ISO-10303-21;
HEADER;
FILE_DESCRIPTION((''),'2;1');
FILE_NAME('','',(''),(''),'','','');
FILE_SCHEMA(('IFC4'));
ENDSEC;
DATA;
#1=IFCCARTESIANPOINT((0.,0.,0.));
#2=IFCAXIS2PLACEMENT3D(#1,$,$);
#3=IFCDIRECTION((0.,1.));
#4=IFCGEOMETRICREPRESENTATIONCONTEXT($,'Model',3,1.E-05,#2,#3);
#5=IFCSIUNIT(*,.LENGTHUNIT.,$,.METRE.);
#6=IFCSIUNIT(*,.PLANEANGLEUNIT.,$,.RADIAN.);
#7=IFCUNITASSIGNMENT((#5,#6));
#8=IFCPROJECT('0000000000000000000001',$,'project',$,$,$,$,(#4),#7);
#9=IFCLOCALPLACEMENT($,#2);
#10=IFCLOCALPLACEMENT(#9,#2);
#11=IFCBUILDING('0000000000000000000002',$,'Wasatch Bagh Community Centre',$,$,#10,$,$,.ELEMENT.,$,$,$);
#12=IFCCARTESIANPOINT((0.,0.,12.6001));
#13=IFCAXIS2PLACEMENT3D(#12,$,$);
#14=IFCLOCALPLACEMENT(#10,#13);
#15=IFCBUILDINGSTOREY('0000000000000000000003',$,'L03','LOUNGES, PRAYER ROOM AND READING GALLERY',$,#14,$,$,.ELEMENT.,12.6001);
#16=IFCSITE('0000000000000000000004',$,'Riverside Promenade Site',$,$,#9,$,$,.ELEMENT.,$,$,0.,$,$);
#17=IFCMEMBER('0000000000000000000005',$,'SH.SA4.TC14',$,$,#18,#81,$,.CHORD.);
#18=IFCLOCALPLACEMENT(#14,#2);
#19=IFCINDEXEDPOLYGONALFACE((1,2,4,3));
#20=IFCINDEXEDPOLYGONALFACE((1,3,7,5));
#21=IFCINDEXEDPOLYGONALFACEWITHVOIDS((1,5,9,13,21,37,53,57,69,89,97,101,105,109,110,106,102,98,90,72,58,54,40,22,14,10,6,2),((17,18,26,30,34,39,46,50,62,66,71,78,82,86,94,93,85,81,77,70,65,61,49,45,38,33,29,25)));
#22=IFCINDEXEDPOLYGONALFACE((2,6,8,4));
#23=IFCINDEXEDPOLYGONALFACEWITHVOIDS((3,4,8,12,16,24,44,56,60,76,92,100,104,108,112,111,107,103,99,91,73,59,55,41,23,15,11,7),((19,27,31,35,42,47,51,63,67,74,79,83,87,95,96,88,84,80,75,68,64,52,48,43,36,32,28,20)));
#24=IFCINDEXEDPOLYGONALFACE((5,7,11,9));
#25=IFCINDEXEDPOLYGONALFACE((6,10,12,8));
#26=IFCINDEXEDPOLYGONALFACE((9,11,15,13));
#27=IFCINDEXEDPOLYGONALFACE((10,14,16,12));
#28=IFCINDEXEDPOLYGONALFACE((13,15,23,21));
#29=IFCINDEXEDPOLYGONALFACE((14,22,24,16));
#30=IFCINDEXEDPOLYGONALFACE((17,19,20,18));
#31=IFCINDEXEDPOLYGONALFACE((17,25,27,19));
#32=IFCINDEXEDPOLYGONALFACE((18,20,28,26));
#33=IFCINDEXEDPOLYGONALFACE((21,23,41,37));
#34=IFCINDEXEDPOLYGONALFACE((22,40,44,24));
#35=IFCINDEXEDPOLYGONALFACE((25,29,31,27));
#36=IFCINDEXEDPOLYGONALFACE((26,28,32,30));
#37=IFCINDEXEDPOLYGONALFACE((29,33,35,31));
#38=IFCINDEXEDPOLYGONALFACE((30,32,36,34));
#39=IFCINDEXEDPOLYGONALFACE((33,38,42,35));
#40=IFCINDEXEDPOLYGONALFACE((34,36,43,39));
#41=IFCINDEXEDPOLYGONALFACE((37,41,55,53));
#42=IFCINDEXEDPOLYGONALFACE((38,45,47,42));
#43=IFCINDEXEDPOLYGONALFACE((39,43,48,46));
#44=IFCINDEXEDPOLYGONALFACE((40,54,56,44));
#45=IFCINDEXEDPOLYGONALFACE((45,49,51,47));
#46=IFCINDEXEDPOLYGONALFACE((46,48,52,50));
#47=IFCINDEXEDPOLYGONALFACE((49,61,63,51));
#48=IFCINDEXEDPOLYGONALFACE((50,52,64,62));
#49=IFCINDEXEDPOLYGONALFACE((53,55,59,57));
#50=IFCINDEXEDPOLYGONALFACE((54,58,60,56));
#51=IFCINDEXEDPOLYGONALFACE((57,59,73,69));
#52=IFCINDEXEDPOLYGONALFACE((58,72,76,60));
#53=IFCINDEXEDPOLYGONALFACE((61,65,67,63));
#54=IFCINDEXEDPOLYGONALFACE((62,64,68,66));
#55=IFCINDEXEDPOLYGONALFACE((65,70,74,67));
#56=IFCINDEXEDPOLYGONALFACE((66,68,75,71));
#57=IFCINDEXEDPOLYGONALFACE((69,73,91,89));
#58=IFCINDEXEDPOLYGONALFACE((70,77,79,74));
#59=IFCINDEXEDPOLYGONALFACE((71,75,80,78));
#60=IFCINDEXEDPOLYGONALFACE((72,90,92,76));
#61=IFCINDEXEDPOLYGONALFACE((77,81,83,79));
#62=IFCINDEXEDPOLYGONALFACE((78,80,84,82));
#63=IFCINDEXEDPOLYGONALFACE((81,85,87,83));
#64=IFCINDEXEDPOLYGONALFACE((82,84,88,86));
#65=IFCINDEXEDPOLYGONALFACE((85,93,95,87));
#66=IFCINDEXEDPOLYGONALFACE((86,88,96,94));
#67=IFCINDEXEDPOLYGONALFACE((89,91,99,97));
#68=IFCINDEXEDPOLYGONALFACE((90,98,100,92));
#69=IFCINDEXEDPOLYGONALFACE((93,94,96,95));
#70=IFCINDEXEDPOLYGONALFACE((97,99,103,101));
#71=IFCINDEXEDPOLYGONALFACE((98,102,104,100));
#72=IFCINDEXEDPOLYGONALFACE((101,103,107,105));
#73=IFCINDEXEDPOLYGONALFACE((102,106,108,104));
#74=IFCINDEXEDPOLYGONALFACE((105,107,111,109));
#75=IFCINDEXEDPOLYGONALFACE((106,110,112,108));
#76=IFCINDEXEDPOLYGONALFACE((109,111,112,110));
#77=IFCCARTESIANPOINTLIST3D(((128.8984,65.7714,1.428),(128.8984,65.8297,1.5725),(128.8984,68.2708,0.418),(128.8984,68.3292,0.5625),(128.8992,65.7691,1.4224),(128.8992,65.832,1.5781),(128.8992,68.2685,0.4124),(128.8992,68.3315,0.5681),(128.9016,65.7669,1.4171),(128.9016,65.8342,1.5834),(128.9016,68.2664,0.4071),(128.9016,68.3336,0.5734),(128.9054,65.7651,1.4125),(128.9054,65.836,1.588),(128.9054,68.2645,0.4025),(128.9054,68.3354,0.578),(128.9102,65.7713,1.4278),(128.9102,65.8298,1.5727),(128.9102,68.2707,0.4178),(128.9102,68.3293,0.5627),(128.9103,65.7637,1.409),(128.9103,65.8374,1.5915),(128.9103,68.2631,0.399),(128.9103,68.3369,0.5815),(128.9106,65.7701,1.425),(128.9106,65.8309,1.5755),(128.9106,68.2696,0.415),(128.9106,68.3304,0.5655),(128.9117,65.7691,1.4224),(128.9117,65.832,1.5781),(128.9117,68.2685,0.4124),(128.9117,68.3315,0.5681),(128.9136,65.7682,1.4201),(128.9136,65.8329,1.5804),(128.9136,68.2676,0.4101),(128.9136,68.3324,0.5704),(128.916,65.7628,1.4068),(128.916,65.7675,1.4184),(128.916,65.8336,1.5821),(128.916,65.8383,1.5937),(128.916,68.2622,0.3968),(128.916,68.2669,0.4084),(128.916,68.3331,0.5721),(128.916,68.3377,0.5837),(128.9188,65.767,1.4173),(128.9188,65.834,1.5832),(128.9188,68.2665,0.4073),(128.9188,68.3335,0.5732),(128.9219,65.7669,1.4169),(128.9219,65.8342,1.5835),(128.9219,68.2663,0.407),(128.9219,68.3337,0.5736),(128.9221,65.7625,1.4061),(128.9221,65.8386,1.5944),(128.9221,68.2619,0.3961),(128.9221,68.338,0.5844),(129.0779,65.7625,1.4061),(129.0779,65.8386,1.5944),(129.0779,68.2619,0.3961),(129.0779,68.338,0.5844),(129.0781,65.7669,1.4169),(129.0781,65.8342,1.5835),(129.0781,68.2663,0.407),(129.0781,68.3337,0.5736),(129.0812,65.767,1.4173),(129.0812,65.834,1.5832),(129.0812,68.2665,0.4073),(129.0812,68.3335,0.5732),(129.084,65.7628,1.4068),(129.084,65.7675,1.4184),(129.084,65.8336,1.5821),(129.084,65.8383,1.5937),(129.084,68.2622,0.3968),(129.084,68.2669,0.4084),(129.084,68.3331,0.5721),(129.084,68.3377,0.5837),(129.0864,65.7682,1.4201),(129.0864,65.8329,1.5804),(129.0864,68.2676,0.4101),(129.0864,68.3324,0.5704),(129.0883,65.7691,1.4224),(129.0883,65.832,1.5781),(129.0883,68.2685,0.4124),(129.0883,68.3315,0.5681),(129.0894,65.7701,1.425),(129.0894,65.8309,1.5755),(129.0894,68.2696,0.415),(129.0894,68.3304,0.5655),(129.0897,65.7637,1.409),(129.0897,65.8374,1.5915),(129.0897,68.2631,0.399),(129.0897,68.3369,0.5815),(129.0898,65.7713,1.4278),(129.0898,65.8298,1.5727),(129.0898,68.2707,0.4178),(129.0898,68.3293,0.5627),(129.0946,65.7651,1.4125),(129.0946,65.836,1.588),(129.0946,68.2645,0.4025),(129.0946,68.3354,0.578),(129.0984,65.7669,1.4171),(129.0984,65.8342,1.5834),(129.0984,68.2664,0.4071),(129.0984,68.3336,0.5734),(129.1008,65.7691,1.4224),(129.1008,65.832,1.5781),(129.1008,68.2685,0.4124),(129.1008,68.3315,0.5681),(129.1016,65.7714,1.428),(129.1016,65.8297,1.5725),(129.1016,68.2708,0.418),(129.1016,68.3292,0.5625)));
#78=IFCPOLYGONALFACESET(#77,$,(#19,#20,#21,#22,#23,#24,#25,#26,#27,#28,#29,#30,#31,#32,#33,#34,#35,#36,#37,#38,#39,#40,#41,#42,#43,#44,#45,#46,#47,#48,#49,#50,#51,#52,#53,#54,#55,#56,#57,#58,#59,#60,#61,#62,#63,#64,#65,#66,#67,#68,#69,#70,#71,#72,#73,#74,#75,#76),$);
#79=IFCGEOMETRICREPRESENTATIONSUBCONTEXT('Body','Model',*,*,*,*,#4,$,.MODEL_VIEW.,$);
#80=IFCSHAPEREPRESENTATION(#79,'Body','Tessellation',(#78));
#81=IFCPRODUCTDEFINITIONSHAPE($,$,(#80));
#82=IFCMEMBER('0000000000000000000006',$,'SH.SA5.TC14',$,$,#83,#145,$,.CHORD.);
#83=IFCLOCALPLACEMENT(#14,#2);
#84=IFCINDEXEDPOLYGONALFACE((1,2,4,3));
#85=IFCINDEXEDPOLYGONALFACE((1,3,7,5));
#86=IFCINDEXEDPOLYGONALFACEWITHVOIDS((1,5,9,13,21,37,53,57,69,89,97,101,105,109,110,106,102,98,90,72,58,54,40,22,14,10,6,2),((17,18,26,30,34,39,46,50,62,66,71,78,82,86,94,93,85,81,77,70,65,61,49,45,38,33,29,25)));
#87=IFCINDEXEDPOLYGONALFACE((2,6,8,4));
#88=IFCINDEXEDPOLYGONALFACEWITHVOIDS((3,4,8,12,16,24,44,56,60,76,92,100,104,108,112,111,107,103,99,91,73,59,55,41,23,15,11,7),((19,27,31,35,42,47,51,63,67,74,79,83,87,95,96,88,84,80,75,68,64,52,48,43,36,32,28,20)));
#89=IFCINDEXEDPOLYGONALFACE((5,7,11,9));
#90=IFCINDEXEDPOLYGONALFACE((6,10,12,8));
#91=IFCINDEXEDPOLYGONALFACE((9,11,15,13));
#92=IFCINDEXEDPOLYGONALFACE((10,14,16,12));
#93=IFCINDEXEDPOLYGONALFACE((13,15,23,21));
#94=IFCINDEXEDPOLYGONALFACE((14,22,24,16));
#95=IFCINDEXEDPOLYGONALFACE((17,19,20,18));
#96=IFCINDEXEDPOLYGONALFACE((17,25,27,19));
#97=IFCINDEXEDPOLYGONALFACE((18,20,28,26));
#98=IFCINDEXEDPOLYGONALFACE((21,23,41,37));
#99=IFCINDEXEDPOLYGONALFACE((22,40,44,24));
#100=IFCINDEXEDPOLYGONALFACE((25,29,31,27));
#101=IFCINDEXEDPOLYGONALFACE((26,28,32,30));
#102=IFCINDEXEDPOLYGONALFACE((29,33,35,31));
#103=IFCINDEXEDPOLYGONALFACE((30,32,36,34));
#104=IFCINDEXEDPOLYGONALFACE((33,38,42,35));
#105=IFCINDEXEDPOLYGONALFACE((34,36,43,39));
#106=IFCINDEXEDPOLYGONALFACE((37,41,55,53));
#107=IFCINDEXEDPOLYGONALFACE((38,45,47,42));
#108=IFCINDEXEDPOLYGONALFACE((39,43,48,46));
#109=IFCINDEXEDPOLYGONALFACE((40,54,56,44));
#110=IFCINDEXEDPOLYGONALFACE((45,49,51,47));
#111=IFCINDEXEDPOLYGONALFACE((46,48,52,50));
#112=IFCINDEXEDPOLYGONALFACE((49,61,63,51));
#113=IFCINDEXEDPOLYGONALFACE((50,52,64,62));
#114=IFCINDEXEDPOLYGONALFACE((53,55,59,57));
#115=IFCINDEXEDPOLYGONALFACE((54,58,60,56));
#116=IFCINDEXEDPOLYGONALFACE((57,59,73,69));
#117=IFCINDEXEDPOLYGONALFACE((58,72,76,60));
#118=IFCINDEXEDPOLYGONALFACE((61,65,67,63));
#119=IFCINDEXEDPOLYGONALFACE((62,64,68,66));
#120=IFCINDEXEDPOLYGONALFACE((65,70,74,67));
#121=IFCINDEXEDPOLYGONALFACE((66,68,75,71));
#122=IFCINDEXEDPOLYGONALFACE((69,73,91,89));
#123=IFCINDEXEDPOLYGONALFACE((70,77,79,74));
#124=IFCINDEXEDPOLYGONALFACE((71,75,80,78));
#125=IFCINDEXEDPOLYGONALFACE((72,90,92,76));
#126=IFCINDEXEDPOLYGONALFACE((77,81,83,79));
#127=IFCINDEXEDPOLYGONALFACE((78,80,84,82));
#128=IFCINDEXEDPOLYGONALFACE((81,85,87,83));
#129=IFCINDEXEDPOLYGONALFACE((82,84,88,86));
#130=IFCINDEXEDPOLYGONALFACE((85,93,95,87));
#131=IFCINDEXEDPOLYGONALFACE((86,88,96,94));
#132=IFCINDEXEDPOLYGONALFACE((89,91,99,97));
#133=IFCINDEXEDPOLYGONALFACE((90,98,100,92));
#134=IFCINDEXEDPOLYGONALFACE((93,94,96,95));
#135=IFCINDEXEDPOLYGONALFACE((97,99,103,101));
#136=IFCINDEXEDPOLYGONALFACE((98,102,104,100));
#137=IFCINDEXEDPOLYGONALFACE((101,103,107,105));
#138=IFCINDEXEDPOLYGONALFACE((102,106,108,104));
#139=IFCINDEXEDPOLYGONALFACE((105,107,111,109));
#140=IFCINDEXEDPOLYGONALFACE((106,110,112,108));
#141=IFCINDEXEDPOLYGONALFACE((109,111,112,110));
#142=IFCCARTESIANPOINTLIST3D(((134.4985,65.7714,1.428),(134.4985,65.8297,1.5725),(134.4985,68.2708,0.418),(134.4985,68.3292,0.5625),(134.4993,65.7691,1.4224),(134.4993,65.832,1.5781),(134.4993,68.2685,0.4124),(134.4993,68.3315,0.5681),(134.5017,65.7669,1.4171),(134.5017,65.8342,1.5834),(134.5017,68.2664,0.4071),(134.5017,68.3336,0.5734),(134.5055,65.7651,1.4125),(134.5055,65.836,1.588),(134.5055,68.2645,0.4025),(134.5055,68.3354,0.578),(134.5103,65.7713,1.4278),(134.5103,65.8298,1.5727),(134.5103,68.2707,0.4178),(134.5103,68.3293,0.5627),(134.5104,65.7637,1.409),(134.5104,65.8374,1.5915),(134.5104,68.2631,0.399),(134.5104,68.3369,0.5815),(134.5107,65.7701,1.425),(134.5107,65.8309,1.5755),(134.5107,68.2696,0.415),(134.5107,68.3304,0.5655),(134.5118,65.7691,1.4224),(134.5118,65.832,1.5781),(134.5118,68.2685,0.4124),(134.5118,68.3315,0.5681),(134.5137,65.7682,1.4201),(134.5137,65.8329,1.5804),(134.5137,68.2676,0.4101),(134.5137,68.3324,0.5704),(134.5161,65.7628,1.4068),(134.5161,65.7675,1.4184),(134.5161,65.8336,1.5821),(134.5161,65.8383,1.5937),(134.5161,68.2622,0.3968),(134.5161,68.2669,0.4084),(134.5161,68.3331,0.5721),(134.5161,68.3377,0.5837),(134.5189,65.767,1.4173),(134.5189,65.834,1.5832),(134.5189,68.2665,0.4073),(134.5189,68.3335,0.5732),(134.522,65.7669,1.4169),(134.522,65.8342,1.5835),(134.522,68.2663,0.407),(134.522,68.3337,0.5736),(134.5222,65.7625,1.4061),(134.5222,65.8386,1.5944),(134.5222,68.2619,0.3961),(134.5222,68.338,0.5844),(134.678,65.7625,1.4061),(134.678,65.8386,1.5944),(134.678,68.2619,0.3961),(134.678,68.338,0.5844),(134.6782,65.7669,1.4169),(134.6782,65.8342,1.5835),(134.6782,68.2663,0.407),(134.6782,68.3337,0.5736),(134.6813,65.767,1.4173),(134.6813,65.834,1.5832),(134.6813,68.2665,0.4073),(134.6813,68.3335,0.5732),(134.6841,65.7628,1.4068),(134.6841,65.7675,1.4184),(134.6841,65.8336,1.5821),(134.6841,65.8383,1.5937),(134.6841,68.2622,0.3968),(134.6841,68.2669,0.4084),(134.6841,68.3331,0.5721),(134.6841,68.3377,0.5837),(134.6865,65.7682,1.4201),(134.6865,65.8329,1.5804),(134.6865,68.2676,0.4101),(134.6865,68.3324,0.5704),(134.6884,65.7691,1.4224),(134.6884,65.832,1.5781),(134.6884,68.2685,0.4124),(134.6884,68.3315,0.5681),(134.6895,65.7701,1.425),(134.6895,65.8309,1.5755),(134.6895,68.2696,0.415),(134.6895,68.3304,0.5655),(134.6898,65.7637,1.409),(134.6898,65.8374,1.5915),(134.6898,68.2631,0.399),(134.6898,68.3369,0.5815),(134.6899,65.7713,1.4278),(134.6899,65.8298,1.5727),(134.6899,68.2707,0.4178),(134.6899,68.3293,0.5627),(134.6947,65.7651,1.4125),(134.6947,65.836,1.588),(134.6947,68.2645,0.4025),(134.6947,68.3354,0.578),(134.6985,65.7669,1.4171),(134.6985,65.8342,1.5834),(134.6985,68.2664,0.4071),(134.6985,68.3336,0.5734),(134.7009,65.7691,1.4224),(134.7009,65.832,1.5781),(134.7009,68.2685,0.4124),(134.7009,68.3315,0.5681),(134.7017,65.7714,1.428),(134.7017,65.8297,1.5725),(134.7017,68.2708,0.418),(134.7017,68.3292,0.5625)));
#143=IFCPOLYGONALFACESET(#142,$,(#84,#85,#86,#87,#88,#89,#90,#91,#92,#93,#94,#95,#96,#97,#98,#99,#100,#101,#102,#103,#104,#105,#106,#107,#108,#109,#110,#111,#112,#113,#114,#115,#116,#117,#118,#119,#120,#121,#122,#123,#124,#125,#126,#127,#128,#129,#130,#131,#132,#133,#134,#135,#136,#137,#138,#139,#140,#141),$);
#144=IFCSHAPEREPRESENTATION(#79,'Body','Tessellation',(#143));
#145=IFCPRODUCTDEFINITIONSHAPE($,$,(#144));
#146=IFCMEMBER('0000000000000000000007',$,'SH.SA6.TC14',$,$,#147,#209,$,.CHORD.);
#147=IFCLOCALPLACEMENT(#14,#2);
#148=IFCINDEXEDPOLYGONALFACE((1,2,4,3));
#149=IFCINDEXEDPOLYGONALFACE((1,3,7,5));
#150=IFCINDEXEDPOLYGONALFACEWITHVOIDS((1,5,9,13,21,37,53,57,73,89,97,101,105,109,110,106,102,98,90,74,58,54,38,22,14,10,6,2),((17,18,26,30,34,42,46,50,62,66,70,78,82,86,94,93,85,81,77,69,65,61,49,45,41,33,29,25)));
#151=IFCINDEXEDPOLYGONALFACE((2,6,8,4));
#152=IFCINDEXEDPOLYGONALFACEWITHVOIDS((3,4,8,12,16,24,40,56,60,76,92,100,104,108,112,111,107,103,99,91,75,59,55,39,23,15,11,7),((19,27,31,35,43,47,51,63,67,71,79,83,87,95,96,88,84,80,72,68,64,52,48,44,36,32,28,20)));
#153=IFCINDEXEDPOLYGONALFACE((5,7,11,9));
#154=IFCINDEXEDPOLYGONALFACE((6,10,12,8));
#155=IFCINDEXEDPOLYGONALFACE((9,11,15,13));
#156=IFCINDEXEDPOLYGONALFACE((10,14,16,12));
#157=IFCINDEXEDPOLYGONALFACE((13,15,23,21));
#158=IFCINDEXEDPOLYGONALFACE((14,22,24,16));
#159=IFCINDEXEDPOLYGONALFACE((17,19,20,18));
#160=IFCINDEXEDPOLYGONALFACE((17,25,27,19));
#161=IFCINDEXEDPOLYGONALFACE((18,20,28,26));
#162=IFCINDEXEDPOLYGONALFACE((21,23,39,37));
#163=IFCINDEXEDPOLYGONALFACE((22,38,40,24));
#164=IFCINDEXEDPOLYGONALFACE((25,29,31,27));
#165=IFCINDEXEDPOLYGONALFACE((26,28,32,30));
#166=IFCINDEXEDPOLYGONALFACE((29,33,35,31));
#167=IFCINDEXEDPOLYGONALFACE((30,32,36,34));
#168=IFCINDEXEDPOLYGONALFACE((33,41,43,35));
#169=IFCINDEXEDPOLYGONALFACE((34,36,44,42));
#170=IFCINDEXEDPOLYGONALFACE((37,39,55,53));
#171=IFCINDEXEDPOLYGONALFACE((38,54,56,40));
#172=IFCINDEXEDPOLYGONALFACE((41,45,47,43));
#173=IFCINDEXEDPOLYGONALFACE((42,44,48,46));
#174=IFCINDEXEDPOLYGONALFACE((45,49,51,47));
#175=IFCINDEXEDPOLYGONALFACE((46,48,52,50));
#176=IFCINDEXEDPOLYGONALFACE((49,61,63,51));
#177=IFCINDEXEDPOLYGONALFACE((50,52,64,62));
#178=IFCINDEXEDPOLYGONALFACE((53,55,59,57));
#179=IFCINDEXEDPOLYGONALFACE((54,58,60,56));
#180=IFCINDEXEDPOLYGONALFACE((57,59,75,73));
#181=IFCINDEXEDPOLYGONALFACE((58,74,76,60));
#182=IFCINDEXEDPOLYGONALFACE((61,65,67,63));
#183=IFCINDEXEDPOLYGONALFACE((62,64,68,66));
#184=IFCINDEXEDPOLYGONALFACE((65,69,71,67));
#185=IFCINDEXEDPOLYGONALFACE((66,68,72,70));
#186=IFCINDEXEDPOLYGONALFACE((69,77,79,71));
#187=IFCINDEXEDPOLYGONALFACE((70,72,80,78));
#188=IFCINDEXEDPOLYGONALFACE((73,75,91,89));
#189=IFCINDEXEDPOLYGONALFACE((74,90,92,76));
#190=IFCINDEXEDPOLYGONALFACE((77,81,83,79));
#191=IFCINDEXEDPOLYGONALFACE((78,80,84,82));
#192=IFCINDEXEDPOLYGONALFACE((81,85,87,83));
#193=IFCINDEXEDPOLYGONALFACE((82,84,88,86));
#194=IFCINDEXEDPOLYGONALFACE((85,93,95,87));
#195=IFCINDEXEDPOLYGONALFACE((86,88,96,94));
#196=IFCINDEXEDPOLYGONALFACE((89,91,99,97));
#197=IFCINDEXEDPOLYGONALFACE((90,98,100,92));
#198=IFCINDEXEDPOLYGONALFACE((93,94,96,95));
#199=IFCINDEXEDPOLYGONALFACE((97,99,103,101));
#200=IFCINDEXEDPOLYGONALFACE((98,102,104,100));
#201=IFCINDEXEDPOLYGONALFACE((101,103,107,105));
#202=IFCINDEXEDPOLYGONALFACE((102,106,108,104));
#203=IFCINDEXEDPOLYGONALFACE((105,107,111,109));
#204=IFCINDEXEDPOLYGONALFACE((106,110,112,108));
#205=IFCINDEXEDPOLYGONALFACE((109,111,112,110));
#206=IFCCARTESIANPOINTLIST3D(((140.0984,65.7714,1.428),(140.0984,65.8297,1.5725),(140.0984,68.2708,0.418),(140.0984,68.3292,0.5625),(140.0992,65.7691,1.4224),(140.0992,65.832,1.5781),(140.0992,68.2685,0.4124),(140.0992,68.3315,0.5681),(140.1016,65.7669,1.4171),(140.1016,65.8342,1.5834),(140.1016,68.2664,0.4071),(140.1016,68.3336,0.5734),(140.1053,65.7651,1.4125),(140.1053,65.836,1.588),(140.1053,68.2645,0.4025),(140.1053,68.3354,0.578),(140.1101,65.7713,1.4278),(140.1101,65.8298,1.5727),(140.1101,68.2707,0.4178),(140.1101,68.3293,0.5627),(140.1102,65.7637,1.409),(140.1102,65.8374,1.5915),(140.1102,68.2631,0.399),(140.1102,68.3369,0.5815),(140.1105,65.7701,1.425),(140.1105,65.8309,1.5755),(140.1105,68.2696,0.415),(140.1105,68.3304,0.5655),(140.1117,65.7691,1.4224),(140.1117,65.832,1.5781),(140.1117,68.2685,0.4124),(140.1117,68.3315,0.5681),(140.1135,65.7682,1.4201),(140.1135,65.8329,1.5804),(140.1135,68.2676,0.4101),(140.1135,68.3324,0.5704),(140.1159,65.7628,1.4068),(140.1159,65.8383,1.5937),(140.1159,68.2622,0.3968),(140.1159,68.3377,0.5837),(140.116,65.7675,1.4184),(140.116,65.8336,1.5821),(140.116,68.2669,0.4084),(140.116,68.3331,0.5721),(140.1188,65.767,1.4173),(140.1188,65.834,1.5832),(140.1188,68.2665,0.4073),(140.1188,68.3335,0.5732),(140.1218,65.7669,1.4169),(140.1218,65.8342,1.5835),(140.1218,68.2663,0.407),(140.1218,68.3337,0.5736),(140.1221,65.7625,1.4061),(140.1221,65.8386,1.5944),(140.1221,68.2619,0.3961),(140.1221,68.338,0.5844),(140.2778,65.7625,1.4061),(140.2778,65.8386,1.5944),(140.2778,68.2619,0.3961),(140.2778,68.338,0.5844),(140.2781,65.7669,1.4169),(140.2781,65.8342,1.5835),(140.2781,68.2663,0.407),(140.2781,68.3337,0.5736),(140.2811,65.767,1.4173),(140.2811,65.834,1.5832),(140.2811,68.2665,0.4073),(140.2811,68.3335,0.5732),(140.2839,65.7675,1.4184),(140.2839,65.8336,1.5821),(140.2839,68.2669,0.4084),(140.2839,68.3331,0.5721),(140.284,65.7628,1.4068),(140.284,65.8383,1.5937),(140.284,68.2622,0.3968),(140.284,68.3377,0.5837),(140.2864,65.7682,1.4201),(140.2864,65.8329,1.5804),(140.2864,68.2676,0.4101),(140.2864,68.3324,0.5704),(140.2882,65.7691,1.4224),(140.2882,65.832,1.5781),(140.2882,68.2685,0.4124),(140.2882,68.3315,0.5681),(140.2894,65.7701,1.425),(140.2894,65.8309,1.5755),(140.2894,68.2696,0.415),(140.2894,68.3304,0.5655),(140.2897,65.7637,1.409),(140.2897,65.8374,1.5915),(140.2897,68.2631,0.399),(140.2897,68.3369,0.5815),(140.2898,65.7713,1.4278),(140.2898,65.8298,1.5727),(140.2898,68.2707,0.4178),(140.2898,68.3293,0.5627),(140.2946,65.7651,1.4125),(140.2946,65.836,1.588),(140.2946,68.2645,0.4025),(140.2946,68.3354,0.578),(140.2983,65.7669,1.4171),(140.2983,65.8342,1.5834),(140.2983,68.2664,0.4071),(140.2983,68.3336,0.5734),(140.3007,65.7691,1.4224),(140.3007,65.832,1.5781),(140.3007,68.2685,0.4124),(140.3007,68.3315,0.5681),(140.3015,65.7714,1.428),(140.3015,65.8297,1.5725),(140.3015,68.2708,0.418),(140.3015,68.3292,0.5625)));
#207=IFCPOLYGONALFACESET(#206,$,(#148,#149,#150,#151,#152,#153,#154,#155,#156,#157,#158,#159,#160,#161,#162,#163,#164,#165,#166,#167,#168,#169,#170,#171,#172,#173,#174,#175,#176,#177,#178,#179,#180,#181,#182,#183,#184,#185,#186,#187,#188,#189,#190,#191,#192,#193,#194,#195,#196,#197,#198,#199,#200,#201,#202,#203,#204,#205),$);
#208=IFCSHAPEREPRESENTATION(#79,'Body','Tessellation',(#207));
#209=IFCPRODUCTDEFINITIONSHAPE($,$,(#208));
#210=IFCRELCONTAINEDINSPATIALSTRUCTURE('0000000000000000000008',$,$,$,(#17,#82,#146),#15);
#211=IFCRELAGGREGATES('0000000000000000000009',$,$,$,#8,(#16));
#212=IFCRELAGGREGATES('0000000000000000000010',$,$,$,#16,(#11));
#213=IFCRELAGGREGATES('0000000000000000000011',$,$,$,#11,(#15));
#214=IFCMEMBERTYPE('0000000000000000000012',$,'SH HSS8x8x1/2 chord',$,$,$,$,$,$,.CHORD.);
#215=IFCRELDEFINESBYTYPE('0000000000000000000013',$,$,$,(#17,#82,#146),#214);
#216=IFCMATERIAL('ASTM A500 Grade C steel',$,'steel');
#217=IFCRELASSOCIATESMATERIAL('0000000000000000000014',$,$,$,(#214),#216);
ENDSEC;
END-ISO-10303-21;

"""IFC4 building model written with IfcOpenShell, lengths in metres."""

from ifc_helpers import new_model, si_unit, direction, frame, origin, origin_2d, place, context, subcontext, project, spatial, hollow_rectangle, extrude, material, material_profile, profile_set, type_object, element, save


model = new_model("IFC4")

# Units and contexts
model_context = context("Model", 3, precision=1e-05, world=origin(), true_north=direction((0.0, 1.0)))
body_context = subcontext(model_context, "Body", "Model", "MODEL_VIEW")
ifc_project = project(units=[si_unit("LENGTHUNIT", "METRE"), si_unit("PLANEANGLEUNIT", "RADIAN")], contexts=[model_context])

# Site, building, storey
site_placement = place(None, origin())
site = spatial("IfcSite", under=ifc_project, at=site_placement, Name="Riverside Promenade Site", CompositionType="ELEMENT", RefElevation=0.0)
building_placement = place(site_placement, origin())
building = spatial("IfcBuilding", under=site, at=building_placement, Name="Wasatch Bagh Community Centre", CompositionType="ELEMENT")
storey_placement = place(building_placement, frame((0.0, 0.0, 12.6001)))
storey = spatial("IfcBuildingStorey", under=building, at=storey_placement, Name="L03", Description="LOUNGES, PRAYER ROOM AND READING GALLERY", CompositionType="ELEMENT", Elevation=12.6001)

# Members
ifc_material_1 = material(Name="ASTM A500 Grade C steel", Category="steel")
ifc_material_profile_1 = material_profile(ifc_material_1, hollow_rectangle(XDim=0.2031, YDim=0.2031, WallThickness=0.0117, InnerFilletRadius=0.0117, OuterFilletRadius=0.0237, at=origin_2d()), Name="HSS8x8x1/2")
ifc_profile_set_1 = profile_set([ifc_material_profile_1], Name="ASTM A500 Grade C steel")
member_type_1 = type_object("IfcMemberType", Name="SH HSS8x8x1/2 chord", PredefinedType="CHORD", material=ifc_profile_set_1)
for number, where, z_axis, x_axis, name in (
    (1, (129.0, 65.8005, 1.5002), (0.0, 0.927166, -0.374652), (-1.0, 0.0, 0.0), "SH.SA4.TC14"),
    (2, (134.6001, 65.8005, 1.5002), (0.0, 0.927166, -0.374652), (-1.0, 0.0, 0.0), "SH.SA5.TC14"),
    (3, (140.2, 65.8005, 1.5002), (0.0, 0.927166, -0.374652), (-1.0, 0.0, 0.0), "SH.SA6.TC14"),
):
    element("IfcMember", number, at=place(storey_placement, frame(where, z_axis=z_axis, x_axis=x_axis)), inside=storey, type_object=member_type_1, Name=name, PredefinedType="CHORD", context=body_context, shape_type="SweptSolid", body=[
        extrude(hollow_rectangle(XDim=0.2031, YDim=0.2031, WallThickness=0.0117, InnerFilletRadius=0.0117, OuterFilletRadius=0.0237, at=origin_2d()), origin(), (0.0, 0.0, 1.0), 2.6958),
    ])

save(model, "model.ifc")
